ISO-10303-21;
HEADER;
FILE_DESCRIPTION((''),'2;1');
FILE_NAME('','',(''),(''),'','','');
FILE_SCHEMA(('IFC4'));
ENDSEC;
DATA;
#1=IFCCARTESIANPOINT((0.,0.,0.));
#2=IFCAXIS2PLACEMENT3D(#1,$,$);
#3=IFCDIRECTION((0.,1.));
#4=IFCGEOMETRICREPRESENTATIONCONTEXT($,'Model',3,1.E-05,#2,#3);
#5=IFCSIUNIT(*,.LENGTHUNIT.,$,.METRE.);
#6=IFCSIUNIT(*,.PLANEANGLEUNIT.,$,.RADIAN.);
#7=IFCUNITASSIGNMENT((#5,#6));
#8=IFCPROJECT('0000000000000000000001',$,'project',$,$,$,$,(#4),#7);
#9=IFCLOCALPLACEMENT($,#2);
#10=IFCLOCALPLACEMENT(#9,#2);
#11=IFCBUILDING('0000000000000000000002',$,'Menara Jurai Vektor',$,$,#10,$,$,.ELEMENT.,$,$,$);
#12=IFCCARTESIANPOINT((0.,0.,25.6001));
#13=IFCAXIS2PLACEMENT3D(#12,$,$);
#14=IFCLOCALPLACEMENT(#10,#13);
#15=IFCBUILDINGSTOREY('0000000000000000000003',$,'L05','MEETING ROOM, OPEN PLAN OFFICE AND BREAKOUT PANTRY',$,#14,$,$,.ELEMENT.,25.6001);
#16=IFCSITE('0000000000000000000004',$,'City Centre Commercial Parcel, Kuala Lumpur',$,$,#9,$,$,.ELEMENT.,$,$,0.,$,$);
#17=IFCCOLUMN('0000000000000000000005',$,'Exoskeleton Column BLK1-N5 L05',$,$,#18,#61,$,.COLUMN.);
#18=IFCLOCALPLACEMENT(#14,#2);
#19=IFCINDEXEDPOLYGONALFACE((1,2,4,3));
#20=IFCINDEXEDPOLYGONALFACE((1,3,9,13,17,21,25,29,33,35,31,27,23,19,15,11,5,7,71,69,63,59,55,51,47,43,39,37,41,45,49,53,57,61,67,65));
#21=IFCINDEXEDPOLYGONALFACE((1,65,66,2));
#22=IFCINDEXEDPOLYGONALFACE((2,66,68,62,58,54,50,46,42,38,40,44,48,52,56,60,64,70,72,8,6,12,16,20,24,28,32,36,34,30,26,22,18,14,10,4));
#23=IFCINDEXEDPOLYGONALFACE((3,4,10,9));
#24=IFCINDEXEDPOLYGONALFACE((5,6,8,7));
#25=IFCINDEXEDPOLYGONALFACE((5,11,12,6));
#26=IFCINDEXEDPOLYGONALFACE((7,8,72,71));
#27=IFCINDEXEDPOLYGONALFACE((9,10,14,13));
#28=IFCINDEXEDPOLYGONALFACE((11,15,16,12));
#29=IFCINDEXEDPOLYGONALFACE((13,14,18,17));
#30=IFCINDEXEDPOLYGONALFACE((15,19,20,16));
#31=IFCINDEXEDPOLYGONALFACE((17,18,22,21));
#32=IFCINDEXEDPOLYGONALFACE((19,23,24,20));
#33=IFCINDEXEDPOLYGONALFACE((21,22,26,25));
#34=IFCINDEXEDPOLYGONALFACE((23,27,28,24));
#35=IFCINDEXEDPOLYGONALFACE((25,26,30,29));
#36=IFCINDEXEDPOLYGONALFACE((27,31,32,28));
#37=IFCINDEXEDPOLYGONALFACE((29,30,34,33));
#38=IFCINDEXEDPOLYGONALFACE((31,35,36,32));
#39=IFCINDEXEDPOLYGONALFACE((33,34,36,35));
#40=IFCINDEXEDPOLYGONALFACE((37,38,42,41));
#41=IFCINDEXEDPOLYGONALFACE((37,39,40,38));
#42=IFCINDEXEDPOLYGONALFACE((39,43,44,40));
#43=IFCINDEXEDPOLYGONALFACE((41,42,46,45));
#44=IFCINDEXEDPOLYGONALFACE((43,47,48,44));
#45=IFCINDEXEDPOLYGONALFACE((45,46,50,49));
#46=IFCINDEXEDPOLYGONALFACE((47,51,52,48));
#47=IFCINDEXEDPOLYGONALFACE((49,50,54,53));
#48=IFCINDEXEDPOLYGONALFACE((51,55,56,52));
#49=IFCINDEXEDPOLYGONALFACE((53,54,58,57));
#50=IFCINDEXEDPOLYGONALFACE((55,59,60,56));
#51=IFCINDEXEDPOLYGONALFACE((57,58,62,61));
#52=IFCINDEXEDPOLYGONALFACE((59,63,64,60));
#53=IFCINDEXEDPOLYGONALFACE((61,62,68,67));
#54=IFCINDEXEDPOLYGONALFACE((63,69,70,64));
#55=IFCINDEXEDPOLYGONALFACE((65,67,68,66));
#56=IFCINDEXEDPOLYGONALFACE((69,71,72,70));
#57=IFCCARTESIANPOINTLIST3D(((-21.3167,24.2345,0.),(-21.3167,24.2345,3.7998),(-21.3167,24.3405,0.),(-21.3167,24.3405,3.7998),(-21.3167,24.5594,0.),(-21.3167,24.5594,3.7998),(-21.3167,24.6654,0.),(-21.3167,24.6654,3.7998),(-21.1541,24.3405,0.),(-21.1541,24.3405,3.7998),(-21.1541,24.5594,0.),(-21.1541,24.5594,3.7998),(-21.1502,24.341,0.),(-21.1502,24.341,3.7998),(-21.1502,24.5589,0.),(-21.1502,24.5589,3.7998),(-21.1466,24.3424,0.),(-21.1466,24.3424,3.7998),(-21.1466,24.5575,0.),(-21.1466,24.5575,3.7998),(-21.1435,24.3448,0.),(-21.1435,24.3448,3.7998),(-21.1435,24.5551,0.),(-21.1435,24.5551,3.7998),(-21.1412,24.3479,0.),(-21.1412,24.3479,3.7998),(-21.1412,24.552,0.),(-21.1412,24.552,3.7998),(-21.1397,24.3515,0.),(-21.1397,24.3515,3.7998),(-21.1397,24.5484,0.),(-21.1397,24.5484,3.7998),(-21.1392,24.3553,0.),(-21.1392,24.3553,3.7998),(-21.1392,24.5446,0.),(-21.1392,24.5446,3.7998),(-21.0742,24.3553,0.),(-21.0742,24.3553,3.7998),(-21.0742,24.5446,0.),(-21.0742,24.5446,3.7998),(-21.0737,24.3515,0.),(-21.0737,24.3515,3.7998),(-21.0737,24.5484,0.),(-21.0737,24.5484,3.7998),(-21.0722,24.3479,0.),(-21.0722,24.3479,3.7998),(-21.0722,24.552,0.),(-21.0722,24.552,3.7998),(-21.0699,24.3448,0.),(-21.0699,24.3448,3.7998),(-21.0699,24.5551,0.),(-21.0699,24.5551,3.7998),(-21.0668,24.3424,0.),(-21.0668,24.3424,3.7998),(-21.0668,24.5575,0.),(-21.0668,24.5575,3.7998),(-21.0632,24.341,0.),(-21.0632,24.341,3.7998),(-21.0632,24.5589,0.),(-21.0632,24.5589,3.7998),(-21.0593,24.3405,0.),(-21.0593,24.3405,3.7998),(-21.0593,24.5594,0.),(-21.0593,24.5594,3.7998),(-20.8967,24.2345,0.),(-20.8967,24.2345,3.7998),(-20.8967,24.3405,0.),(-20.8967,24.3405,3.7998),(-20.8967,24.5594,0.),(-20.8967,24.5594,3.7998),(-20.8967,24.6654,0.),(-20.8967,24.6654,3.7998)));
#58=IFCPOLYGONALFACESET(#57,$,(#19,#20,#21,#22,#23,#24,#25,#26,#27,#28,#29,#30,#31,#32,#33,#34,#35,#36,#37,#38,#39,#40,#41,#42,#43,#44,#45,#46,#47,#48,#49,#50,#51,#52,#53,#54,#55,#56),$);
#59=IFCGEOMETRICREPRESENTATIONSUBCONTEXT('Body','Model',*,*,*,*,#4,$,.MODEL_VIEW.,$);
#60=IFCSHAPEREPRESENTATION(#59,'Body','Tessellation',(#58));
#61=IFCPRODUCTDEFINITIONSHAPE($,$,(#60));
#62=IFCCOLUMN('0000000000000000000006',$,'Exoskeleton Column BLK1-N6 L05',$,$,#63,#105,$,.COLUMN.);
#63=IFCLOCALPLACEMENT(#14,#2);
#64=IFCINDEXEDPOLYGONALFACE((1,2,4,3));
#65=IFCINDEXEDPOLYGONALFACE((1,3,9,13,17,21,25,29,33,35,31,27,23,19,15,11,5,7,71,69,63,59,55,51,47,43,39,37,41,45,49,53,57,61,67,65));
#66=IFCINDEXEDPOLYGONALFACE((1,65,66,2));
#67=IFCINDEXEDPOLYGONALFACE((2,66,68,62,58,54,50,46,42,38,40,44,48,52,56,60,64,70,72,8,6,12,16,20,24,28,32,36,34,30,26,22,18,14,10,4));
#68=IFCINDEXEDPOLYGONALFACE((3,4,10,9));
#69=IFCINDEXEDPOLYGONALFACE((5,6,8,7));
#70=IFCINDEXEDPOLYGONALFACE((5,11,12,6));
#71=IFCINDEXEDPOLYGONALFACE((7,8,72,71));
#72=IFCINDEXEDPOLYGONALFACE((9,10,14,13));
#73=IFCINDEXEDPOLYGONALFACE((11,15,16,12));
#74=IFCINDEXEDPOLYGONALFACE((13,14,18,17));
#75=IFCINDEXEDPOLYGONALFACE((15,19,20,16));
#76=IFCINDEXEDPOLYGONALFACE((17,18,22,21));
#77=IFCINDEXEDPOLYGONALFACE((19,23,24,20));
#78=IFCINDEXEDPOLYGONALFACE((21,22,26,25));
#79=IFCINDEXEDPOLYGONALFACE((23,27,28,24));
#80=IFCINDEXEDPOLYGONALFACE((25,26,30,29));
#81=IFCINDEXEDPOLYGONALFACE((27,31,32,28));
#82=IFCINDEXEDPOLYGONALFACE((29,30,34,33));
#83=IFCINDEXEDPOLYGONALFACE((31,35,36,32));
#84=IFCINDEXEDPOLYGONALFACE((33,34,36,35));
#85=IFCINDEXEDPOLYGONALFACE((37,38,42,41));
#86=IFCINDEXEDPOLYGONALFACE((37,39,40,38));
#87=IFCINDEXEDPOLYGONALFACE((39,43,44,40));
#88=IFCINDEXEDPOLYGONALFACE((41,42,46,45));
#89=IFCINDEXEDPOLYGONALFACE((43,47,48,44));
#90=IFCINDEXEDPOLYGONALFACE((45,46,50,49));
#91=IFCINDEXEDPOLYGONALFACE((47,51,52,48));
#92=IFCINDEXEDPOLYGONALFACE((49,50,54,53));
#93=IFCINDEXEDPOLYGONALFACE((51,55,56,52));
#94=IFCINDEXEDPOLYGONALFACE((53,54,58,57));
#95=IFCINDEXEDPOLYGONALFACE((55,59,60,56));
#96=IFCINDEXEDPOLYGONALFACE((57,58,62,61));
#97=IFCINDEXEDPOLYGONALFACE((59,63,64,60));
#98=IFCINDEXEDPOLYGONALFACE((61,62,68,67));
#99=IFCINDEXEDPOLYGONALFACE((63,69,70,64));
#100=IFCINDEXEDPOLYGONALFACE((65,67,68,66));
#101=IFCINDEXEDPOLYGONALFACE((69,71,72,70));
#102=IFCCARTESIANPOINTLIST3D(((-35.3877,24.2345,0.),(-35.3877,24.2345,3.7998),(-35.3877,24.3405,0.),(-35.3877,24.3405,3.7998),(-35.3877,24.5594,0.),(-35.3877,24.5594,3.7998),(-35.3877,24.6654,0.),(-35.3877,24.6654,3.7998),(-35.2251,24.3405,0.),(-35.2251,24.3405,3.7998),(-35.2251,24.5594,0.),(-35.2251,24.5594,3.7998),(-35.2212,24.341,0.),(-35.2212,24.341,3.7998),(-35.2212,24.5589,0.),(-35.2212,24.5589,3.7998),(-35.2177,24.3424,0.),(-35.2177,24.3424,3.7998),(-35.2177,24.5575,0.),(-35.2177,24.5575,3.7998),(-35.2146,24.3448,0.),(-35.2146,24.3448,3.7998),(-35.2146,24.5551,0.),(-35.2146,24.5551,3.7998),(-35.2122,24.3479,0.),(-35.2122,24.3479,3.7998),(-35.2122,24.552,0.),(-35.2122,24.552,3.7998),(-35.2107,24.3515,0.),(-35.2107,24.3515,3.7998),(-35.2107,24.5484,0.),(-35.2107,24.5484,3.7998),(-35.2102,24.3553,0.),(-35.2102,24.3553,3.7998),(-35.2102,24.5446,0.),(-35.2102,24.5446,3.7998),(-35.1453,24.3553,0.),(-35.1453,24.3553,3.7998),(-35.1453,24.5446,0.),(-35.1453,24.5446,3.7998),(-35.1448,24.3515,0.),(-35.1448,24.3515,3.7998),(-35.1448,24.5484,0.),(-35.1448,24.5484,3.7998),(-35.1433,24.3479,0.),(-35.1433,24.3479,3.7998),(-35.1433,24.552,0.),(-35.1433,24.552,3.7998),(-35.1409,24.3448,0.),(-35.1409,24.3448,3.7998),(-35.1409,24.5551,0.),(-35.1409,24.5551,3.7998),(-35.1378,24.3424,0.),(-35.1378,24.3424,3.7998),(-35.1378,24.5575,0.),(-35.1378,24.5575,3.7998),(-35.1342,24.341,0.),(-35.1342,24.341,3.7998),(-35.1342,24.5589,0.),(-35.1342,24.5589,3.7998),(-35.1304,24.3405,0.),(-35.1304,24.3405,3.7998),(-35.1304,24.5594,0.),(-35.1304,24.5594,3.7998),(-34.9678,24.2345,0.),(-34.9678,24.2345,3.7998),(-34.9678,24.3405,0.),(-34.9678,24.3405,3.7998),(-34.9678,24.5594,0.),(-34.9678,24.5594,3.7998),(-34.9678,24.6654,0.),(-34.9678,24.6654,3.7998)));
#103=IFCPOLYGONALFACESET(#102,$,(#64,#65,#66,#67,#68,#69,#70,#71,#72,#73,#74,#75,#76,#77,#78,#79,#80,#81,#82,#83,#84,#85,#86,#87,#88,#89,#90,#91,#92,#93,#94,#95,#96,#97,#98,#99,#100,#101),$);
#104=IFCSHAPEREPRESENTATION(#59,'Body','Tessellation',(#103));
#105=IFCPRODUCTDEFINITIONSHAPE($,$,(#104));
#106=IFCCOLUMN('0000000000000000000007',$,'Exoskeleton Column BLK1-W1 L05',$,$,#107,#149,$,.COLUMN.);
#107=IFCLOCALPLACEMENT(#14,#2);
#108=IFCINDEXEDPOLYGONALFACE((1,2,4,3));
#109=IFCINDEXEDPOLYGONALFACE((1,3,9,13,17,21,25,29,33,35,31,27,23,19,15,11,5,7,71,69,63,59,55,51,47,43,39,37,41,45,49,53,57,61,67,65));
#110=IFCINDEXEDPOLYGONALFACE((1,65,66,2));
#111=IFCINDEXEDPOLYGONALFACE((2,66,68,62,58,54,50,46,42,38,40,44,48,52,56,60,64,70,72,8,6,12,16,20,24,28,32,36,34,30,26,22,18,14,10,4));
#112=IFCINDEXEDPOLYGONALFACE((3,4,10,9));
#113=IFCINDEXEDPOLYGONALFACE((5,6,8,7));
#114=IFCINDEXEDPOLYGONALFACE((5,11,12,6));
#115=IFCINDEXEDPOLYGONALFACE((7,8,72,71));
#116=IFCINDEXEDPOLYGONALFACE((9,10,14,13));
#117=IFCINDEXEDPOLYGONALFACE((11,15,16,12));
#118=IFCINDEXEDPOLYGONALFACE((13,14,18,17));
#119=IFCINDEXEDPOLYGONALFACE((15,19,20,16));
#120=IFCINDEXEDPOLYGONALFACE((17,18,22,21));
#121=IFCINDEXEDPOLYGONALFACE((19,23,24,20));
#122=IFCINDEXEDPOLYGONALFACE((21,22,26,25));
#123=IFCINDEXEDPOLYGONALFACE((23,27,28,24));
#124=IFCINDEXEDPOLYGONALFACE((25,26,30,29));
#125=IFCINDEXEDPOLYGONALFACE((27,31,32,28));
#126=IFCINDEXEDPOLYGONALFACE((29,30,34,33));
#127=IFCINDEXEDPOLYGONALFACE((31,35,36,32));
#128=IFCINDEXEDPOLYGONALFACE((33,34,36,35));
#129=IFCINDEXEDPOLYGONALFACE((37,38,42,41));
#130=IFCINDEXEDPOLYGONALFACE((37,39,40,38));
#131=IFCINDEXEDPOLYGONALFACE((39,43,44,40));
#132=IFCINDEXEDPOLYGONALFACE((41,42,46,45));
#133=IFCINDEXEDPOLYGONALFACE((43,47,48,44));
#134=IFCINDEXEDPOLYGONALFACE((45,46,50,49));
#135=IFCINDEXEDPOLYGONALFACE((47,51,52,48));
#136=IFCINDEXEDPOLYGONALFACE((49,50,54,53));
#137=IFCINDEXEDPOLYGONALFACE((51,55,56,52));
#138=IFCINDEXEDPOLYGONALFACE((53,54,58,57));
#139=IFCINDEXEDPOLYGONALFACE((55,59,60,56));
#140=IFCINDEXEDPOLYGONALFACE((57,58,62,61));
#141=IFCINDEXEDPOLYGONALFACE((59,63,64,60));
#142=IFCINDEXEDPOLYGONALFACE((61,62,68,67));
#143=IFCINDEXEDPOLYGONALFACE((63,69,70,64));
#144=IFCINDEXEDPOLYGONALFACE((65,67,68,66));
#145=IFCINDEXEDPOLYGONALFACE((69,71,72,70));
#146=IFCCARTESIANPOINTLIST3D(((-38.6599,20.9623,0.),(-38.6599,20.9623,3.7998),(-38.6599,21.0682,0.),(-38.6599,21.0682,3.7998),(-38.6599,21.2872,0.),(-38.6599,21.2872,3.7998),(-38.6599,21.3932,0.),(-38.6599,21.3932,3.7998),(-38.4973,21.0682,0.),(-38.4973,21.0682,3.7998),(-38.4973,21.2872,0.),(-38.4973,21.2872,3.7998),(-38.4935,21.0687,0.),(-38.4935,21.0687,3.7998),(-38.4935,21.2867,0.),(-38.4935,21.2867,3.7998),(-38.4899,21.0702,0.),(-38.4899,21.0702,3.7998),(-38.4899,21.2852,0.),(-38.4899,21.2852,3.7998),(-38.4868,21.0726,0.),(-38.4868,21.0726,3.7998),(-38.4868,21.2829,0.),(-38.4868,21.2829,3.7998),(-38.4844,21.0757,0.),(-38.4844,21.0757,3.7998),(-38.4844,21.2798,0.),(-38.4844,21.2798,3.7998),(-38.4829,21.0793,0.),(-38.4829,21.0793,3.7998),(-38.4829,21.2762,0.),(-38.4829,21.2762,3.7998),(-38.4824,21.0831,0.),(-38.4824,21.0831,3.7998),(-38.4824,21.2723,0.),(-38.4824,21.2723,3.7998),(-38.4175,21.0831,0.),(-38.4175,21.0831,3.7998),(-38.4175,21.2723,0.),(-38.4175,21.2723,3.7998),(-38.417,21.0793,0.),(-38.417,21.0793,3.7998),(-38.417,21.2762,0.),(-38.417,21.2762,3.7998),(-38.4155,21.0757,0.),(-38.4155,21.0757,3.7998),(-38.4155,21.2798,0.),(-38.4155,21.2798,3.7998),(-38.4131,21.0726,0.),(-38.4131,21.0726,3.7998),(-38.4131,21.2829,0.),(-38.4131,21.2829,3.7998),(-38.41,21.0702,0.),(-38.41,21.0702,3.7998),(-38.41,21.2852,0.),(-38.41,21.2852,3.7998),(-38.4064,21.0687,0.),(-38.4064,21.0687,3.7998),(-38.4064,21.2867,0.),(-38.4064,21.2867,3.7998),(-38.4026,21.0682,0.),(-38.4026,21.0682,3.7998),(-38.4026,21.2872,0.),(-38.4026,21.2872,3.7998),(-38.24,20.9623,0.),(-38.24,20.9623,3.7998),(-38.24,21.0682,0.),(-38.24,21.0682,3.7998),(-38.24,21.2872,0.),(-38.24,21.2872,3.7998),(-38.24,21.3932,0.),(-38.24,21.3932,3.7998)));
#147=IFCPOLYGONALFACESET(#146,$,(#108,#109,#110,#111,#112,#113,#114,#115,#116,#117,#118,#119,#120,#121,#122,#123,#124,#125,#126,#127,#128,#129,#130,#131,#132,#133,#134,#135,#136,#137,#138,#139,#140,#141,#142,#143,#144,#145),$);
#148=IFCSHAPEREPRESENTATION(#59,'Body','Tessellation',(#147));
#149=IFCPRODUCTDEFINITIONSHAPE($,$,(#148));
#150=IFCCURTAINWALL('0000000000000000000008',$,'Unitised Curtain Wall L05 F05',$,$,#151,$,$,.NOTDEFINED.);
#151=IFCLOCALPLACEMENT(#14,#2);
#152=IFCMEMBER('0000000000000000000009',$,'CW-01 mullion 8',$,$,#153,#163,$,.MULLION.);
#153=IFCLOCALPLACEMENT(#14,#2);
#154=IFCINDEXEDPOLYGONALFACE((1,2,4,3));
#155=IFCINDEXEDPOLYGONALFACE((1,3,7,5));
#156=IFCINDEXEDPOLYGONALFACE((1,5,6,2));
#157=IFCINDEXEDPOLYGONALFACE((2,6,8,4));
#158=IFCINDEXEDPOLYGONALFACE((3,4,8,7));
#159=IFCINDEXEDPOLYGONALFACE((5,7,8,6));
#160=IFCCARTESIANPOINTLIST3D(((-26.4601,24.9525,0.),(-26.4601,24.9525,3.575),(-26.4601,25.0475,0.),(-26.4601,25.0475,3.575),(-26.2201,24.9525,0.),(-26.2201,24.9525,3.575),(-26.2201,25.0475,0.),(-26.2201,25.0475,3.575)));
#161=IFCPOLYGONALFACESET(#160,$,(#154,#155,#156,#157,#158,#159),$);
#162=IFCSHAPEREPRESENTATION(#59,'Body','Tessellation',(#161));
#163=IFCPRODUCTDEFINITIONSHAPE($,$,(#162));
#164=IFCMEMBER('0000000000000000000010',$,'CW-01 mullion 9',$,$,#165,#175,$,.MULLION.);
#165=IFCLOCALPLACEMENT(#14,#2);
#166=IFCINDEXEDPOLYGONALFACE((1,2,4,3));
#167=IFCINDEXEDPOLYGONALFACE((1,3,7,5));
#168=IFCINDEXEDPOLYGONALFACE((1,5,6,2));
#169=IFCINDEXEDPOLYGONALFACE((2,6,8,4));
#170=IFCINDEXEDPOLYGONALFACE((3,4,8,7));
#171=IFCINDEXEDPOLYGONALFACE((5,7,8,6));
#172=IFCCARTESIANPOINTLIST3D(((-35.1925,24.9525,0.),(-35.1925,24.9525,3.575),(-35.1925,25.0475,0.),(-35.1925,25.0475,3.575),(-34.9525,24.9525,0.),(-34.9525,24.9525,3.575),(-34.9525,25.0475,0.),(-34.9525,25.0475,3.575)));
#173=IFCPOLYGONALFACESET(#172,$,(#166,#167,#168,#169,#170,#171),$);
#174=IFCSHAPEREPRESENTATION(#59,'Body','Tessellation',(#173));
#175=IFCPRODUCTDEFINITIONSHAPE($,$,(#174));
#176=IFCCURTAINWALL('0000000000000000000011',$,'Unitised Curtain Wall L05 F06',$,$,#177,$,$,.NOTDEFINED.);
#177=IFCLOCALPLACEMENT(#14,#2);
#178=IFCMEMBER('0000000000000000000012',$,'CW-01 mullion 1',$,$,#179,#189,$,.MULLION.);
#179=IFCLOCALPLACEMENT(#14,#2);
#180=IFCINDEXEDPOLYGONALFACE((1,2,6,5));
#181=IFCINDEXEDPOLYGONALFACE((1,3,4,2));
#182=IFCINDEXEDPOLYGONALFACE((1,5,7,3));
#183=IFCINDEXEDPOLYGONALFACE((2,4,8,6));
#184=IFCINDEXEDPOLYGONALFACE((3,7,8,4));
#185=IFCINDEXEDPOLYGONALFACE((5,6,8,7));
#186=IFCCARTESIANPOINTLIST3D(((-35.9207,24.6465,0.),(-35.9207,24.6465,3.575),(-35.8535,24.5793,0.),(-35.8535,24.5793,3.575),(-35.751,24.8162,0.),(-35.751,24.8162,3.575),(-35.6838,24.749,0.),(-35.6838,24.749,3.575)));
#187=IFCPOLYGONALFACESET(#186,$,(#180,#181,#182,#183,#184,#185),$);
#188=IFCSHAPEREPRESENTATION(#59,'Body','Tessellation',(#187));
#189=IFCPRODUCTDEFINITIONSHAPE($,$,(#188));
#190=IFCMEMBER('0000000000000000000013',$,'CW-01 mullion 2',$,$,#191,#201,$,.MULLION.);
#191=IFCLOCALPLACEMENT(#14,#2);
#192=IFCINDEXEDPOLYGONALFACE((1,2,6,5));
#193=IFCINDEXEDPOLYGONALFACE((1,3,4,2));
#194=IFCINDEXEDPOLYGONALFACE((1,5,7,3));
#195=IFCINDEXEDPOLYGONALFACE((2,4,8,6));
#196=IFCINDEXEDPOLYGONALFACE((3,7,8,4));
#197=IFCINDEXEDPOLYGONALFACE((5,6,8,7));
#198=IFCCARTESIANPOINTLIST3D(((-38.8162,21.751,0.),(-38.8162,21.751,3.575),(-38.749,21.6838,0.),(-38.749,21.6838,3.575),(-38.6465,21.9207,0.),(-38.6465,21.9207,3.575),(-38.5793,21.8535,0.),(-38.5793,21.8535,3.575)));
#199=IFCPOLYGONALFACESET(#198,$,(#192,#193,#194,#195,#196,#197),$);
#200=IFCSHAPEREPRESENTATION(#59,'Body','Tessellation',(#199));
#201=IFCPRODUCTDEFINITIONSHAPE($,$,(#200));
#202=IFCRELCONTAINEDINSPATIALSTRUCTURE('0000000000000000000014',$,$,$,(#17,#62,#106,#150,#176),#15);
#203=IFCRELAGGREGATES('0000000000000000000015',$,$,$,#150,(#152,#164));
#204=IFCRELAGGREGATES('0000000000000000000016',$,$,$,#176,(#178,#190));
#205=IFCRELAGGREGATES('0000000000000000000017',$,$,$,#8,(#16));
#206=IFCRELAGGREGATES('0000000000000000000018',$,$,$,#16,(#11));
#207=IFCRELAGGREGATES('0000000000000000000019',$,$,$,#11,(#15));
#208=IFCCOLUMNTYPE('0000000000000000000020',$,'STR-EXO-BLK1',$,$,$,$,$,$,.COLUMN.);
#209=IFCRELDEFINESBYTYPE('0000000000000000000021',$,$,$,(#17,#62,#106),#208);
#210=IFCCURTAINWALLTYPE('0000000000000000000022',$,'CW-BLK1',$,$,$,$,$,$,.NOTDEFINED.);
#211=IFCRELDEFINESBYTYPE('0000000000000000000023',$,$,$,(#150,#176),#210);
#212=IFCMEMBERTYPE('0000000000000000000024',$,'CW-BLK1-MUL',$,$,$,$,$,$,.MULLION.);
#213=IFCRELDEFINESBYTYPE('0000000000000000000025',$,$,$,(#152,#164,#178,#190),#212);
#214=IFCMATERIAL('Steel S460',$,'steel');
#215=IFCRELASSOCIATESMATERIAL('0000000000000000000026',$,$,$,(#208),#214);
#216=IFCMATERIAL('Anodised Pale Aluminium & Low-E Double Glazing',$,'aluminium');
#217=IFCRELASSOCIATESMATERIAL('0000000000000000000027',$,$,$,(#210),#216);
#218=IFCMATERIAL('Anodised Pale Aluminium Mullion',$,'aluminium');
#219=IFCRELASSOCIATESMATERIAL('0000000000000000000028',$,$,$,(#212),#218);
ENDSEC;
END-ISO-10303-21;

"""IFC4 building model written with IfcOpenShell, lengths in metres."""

from ifc_helpers import new_model, si_unit, direction, frame, origin, origin_2d, place, context, subcontext, project, spatial, rectangle, i_section, extrude, material, material_profile, profile_set, type_object, element, aggregate, save


model = new_model("IFC4")

# Units and contexts
model_context = context("Model", 3, precision=1e-05, world=origin(), true_north=direction((0.0, 1.0)))
body_context = subcontext(model_context, "Body", "Model", "MODEL_VIEW")
ifc_project = project(units=[si_unit("LENGTHUNIT", "METRE"), si_unit("PLANEANGLEUNIT", "RADIAN")], contexts=[model_context])

# Site, building, storey
site_placement = place(None, origin())
site = spatial("IfcSite", under=ifc_project, at=site_placement, Name="City Centre Commercial Parcel, Kuala Lumpur", CompositionType="ELEMENT", RefElevation=0.0)
building_placement = place(site_placement, origin())
building = spatial("IfcBuilding", under=site, at=building_placement, Name="Menara Jurai Vektor", CompositionType="ELEMENT")
storey_placement = place(building_placement, frame((0.0, 0.0, 25.6001)))
storey = spatial("IfcBuildingStorey", under=building, at=storey_placement, Name="L05", Description="MEETING ROOM, OPEN PLAN OFFICE AND BREAKOUT PANTRY", CompositionType="ELEMENT", Elevation=25.6001)

# Columns
ifc_material_1 = material(Name="Steel S460", Category="steel")
ifc_material_profile_1 = material_profile(ifc_material_1, i_section(OverallWidth=0.4199, OverallDepth=0.4309, WebThickness=0.0649, FlangeThickness=0.106, FilletRadius=0.0149, at=origin_2d()), Name="HD 400x900")
ifc_profile_set_1 = profile_set([ifc_material_profile_1], Name="Steel S460")
column_type = type_object("IfcColumnType", Name="STR-EXO-BLK1", PredefinedType="COLUMN", material=ifc_profile_set_1)
for number, where, z_axis, x_axis, name in (
    (1, (-21.1067, 24.45, 0.0), (0.0, 0.0, 1.0), (1.0, 0.0, 0.0), "Exoskeleton Column BLK1-N5 L05"),
    (2, (-35.1777, 24.45, 0.0), (0.0, 0.0, 1.0), (1.0, 0.0, 0.0), "Exoskeleton Column BLK1-N6 L05"),
    (3, (-38.45, 21.1777, 0.0), (0.0, 0.0, 1.0), (1.0, 0.0, 0.0), "Exoskeleton Column BLK1-W1 L05"),
):
    element("IfcColumn", number, at=place(storey_placement, frame(where, z_axis=z_axis, x_axis=x_axis)), inside=storey, type_object=column_type, Name=name, PredefinedType="COLUMN", context=body_context, shape_type="SweptSolid", body=[
        extrude(i_section(OverallWidth=0.4199, OverallDepth=0.4309, WebThickness=0.0649, FlangeThickness=0.106, FilletRadius=0.0149, at=origin_2d()), origin(), (0.0, 0.0, 1.0), 3.7998),
    ])

# Curtain walls, members
ifc_material_2 = material(Name="Anodised Pale Aluminium & Low-E Double Glazing", Category="aluminium")
curtain_wall_type = type_object("IfcCurtainWallType", Name="CW-BLK1", PredefinedType="NOTDEFINED", material=ifc_material_2)
curtain_wall_1_placement = place(storey_placement, origin())
curtain_wall_1 = element("IfcCurtainWall", 4, at=curtain_wall_1_placement, inside=storey, type_object=curtain_wall_type, Name="Unitised Curtain Wall L05 F05", PredefinedType="NOTDEFINED")
ifc_material_3 = material(Name="Anodised Pale Aluminium Mullion", Category="aluminium")
ifc_material_profile_2 = material_profile(ifc_material_3, rectangle(XDim=0.095, YDim=0.24, at=origin_2d()), Name="ALU MUL 95x240")
ifc_profile_set_2 = profile_set([ifc_material_profile_2], Name="Anodised Pale Aluminium Mullion")
member_type_1 = type_object("IfcMemberType", Name="CW-BLK1-MUL", PredefinedType="MULLION", material=ifc_profile_set_2)
member_1_placement = place(storey_placement, frame((-26.3401, 25.0, 0.0), z_axis=(0.0, 0.0, 1.0), x_axis=(0.0, -1.0, 0.0)))
member_1 = element("IfcMember", 5, at=member_1_placement, type_object=member_type_1, Name="CW-01 mullion 8", PredefinedType="MULLION", context=body_context, shape_type="SweptSolid", body=[
    extrude(rectangle(XDim=0.095, YDim=0.24, at=origin_2d()), origin(), (0.0, 0.0, 1.0), 3.575),
])
member_2_placement = place(storey_placement, frame((-35.0725, 25.0, 0.0), z_axis=(0.0, 0.0, 1.0), x_axis=(0.0, -1.0, 0.0)))
member_2 = element("IfcMember", 6, at=member_2_placement, type_object=member_type_1, Name="CW-01 mullion 9", PredefinedType="MULLION", context=body_context, shape_type="SweptSolid", body=[
    extrude(rectangle(XDim=0.095, YDim=0.24, at=origin_2d()), origin(), (0.0, 0.0, 1.0), 3.575),
])
curtain_wall_2_placement = place(storey_placement, origin())
curtain_wall_2 = element("IfcCurtainWall", 7, at=curtain_wall_2_placement, inside=storey, type_object=curtain_wall_type, Name="Unitised Curtain Wall L05 F06", PredefinedType="NOTDEFINED")
member_3_placement = place(storey_placement, frame((-35.8022, 24.6978, 0.0), z_axis=(0.0, 0.0, 1.0), x_axis=(0.707107, -0.707107, 0.0)))
member_3 = element("IfcMember", 8, at=member_3_placement, type_object=member_type_1, Name="CW-01 mullion 1", PredefinedType="MULLION", context=body_context, shape_type="SweptSolid", body=[
    extrude(rectangle(XDim=0.095, YDim=0.24, at=origin_2d()), origin(), (0.0, 0.0, 1.0), 3.575),
])
member_4_placement = place(storey_placement, frame((-38.6978, 21.8022, 0.0), z_axis=(0.0, 0.0, 1.0), x_axis=(0.707107, -0.707107, 0.0)))
member_4 = element("IfcMember", 9, at=member_4_placement, type_object=member_type_1, Name="CW-01 mullion 2", PredefinedType="MULLION", context=body_context, shape_type="SweptSolid", body=[
    extrude(rectangle(XDim=0.095, YDim=0.24, at=origin_2d()), origin(), (0.0, 0.0, 1.0), 3.575),
])

aggregate(curtain_wall_1, [member_1, member_2])
aggregate(curtain_wall_2, [member_3, member_4])

save(model, "model.ifc")
